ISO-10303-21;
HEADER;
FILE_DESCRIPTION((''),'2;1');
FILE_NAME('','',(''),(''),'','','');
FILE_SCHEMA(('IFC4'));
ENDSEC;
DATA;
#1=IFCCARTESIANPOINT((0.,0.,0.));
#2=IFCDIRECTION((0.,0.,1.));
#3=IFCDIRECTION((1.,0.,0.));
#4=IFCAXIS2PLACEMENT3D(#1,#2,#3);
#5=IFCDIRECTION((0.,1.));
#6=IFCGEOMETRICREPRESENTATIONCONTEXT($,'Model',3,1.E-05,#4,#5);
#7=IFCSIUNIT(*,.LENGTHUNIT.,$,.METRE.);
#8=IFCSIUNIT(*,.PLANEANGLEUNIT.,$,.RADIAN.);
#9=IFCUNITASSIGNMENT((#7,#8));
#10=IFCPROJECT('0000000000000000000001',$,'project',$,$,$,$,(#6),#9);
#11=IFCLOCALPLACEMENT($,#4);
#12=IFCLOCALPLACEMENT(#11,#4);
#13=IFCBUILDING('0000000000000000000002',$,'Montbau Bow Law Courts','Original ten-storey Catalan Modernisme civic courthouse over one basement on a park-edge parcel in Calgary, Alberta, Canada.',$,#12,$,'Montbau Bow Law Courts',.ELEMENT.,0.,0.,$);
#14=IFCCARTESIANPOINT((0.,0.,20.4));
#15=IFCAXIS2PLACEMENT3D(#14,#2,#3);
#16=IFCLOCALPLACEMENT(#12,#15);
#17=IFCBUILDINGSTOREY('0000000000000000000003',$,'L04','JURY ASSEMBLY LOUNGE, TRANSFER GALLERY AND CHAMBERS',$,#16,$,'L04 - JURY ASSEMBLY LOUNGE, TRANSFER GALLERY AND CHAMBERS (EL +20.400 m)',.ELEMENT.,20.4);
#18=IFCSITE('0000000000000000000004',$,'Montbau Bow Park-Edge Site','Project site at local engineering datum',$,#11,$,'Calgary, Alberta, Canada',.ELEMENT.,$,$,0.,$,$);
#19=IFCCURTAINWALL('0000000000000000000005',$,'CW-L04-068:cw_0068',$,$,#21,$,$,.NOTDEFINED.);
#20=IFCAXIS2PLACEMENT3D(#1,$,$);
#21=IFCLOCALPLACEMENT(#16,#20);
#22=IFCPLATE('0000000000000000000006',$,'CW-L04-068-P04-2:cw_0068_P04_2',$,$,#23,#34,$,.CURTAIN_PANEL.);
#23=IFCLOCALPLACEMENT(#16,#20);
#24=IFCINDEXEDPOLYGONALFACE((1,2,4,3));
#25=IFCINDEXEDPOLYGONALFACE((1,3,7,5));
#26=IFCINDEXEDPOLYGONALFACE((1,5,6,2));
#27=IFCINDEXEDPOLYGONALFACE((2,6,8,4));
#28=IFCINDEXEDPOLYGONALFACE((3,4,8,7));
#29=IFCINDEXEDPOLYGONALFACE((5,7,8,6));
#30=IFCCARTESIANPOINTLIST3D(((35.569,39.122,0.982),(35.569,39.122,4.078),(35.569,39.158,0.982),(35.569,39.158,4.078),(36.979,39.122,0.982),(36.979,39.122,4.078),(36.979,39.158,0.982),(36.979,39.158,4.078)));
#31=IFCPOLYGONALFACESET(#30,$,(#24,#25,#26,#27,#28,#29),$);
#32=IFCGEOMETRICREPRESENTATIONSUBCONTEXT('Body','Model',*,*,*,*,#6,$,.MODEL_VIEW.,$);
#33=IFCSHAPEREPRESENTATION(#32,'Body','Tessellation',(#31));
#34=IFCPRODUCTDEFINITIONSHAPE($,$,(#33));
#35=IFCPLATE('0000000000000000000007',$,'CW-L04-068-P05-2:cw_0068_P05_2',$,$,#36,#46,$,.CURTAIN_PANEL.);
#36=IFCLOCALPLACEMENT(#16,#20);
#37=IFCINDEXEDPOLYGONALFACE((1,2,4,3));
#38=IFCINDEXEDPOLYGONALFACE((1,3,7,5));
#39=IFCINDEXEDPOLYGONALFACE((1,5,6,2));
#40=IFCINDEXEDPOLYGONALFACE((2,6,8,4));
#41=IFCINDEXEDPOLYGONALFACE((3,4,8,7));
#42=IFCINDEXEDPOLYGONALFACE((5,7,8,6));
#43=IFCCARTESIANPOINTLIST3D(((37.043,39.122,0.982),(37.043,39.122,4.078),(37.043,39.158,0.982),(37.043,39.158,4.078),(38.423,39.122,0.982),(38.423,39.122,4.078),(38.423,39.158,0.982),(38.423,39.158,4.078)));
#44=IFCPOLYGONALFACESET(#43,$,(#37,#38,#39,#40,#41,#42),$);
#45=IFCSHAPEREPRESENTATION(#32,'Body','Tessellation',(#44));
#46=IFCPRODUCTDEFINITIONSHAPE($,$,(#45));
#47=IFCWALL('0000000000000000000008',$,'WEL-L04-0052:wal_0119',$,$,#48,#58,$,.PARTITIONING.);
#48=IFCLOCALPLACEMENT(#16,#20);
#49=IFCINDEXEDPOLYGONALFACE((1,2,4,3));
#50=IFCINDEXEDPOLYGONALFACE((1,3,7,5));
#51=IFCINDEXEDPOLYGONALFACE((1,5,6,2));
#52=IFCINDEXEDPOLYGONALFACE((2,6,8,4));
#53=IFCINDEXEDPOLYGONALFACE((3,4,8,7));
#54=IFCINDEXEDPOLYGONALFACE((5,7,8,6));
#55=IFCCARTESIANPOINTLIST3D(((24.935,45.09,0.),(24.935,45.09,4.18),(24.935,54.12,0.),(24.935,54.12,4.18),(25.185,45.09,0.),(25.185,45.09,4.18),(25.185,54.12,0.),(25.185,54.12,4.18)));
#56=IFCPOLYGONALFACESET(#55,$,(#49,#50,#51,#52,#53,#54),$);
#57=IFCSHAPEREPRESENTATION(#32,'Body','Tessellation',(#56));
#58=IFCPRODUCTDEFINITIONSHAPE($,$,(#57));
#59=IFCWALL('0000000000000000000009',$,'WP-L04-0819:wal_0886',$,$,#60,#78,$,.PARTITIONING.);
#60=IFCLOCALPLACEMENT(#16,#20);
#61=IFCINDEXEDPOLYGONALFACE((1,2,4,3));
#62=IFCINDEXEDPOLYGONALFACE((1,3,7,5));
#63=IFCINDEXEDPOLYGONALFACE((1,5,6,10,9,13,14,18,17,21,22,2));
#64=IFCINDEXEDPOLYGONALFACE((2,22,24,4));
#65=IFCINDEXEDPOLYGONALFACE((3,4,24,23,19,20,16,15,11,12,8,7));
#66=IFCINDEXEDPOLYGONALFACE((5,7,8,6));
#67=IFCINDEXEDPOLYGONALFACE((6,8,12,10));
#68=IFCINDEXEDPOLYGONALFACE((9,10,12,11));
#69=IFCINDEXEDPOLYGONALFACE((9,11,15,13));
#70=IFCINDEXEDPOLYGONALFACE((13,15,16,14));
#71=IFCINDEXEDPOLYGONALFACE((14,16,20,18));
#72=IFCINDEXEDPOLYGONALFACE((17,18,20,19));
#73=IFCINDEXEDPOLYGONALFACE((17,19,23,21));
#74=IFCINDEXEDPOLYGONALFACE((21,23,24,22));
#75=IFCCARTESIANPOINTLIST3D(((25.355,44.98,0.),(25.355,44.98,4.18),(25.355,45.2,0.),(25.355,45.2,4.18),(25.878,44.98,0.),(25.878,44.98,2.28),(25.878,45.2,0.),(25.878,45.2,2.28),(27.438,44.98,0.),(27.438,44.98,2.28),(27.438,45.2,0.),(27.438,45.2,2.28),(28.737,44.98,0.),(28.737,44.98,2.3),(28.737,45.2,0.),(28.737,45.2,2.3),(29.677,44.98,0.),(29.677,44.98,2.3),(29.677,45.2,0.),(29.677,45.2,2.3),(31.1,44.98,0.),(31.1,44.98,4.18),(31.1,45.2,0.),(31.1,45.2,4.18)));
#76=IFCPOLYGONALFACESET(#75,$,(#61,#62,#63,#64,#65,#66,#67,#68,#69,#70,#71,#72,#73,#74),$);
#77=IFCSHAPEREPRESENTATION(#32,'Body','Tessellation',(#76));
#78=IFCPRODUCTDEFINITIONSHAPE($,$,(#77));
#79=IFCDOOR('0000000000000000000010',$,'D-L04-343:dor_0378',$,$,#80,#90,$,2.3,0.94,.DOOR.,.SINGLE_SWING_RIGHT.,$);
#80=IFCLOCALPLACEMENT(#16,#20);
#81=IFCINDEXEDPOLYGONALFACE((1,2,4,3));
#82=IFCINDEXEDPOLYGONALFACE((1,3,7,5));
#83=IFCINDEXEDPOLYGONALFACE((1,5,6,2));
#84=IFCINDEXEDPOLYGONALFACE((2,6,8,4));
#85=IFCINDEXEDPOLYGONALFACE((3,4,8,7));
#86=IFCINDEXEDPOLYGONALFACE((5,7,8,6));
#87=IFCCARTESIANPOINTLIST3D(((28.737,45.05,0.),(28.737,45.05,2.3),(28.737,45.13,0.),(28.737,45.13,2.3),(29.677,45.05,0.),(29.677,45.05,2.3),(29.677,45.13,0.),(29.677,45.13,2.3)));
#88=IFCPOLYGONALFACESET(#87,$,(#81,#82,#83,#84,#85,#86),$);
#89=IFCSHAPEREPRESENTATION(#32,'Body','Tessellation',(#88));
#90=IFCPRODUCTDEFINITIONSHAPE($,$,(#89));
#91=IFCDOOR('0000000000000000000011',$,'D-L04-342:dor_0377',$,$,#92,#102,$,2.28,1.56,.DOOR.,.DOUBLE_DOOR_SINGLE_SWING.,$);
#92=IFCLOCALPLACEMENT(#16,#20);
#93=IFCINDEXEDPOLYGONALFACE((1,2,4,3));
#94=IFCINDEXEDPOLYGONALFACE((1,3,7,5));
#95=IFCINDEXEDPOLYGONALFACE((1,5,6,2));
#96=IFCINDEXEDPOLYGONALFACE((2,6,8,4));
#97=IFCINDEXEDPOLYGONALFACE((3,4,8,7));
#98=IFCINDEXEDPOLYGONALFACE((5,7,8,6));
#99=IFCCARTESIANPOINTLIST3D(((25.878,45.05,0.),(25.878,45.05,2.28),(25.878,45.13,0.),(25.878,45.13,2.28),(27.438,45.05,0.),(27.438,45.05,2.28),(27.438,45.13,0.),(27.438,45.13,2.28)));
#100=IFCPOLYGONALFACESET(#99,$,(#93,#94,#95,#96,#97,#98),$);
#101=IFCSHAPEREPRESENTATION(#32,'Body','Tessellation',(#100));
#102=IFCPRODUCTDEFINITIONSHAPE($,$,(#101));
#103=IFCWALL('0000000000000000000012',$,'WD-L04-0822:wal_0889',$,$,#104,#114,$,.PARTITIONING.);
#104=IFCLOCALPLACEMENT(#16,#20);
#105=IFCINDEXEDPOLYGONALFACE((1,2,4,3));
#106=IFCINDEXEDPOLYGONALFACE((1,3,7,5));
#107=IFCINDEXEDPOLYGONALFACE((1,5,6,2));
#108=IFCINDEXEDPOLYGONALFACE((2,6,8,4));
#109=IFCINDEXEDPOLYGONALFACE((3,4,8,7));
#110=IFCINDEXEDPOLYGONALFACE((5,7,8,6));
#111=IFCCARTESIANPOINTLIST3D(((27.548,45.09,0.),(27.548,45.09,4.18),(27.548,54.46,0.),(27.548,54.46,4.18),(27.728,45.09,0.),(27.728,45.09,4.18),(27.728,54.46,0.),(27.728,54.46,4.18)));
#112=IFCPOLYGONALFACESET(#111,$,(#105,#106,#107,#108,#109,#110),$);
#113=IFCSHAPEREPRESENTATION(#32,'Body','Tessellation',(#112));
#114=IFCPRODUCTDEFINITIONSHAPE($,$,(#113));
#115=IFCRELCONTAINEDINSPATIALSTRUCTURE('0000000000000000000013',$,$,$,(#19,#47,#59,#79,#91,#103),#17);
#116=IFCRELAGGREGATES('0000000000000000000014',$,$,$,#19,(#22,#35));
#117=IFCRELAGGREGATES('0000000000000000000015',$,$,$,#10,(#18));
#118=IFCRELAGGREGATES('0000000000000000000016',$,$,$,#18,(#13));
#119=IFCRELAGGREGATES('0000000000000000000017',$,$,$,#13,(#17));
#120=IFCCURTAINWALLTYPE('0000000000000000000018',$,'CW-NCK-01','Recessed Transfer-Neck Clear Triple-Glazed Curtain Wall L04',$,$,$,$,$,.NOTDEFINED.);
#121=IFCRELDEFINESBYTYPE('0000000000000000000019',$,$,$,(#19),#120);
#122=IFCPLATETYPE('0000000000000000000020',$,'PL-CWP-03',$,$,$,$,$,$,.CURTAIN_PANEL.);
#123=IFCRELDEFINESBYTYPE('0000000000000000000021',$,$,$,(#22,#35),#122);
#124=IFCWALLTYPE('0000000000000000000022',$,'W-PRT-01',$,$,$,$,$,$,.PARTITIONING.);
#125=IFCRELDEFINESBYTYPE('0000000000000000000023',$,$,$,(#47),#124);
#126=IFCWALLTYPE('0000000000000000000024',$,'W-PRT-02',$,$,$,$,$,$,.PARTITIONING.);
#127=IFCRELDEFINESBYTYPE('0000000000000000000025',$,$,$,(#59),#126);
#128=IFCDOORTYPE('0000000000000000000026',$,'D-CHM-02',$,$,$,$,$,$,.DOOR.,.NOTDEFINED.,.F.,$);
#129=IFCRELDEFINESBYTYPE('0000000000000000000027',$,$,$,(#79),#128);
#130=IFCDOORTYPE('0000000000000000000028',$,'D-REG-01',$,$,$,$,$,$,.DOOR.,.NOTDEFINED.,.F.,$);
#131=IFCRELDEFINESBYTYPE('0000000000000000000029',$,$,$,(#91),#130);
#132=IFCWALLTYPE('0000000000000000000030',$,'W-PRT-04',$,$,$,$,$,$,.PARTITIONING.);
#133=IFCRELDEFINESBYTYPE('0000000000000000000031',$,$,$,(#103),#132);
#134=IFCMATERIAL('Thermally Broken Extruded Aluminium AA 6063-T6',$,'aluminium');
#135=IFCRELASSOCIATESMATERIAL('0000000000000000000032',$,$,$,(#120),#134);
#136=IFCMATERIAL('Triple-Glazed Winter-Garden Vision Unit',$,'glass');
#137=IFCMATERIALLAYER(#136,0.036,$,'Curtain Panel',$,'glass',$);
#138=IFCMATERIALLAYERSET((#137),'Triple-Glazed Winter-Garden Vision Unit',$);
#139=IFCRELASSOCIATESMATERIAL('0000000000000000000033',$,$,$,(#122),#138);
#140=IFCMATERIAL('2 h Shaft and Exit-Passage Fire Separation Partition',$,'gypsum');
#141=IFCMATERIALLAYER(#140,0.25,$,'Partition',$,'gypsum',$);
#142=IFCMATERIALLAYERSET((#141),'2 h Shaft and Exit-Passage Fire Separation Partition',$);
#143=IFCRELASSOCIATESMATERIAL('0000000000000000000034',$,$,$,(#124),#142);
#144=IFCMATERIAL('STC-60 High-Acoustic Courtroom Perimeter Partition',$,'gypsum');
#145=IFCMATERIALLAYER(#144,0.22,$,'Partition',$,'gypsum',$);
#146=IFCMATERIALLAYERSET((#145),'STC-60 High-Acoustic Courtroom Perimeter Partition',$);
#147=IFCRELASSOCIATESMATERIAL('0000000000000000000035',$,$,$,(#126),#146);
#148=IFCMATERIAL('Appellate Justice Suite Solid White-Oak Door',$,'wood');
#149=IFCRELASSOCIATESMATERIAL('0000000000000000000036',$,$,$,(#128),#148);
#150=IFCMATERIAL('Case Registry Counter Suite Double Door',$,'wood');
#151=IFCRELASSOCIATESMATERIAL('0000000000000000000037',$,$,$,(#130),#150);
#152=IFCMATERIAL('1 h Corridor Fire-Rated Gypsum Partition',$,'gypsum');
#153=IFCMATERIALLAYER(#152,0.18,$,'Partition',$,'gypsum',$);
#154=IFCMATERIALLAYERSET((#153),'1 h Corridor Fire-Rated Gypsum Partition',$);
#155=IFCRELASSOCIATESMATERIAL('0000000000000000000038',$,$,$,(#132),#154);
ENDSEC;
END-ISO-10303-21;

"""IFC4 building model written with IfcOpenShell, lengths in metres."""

from ifc_helpers import new_model, si_unit, direction, frame, frame_2d, origin_with_axes, place, context, subcontext, project, spatial, rectangle, extrude, material, layer, layer_set, type_object, element, fill, aggregate, save


model = new_model("IFC4")

# Units and contexts
model_context = context("Model", 3, precision=1e-05, world=origin_with_axes(), true_north=direction((0.0, 1.0)))
body_context = subcontext(model_context, "Body", "Model", "MODEL_VIEW")
ifc_project = project(units=[si_unit("LENGTHUNIT", "METRE"), si_unit("PLANEANGLEUNIT", "RADIAN")], contexts=[model_context])

# Site, building, storey
site_placement = place(None, origin_with_axes())
site = spatial("IfcSite", under=ifc_project, at=site_placement, Name="Montbau Bow Park-Edge Site", Description="Project site at local engineering datum", LongName="Calgary, Alberta, Canada", CompositionType="ELEMENT", RefElevation=0.0)
building_placement = place(site_placement, origin_with_axes())
building = spatial("IfcBuilding", under=site, at=building_placement, Name="Montbau Bow Law Courts", Description="Original ten-storey Catalan Modernisme civic courthouse over one basement on a park-edge parcel in Calgary, Alberta, Canada.", LongName="Montbau Bow Law Courts", CompositionType="ELEMENT", ElevationOfRefHeight=0.0, ElevationOfTerrain=0.0)
storey_placement = place(building_placement, frame((0.0, 0.0, 20.4), z_axis=(0.0, 0.0, 1.0), x_axis=(1.0, 0.0, 0.0)))
storey = spatial("IfcBuildingStorey", under=building, at=storey_placement, Name="L04", Description="JURY ASSEMBLY LOUNGE, TRANSFER GALLERY AND CHAMBERS", LongName="L04 - JURY ASSEMBLY LOUNGE, TRANSFER GALLERY AND CHAMBERS (EL +20.400 m)", CompositionType="ELEMENT", Elevation=20.4)

# Curtain wall, plates
ifc_material_1 = material(Name="Thermally Broken Extruded Aluminium AA 6063-T6", Category="aluminium")
curtain_wall_type = type_object("IfcCurtainWallType", Name="CW-NCK-01", Description="Recessed Transfer-Neck Clear Triple-Glazed Curtain Wall L04", PredefinedType="NOTDEFINED", material=ifc_material_1)
curtain_wall_placement = place(None, frame((31.115, 39.14, 20.4), z_axis=(0.0, 0.0, 1.0), x_axis=(1.0, 0.0, 0.0)))
curtain_wall = element("IfcCurtainWall", 1, at=curtain_wall_placement, inside=storey, type_object=curtain_wall_type, Name="CW-L04-068:cw_0068", PredefinedType="NOTDEFINED")
ifc_material_2 = material(Name="Triple-Glazed Winter-Garden Vision Unit", Category="glass")
ifc_layer_1 = layer(ifc_material_2, 0.036, Name="Curtain Panel", Category="glass")
ifc_layer_set_1 = layer_set([ifc_layer_1], Name="Triple-Glazed Winter-Garden Vision Unit")
plate_type_1 = type_object("IfcPlateType", Name="PL-CWP-03", PredefinedType="CURTAIN_PANEL", material=ifc_layer_set_1)
plate_1_placement = place(None, frame((35.569, 39.14, 21.382), z_axis=(0.0, -1.0, 0.0), x_axis=(1.0, 0.0, 0.0)))
plate_1 = element("IfcPlate", 2, at=plate_1_placement, type_object=plate_type_1, Name="CW-L04-068-P04-2:cw_0068_P04_2", PredefinedType="CURTAIN_PANEL", context=body_context, shape_type="SweptSolid", body=[
    extrude(rectangle(XDim=1.41, YDim=3.096, at=frame_2d((0.705, 1.548), x_axis=(1.0, 0.0))), frame((0.0, 0.0, -0.018), z_axis=(0.0, 0.0, 1.0), x_axis=(1.0, 0.0, 0.0)), (0.0, 0.0, 1.0), 0.036),
])
plate_2_placement = place(None, frame((37.043, 39.14, 21.382), z_axis=(0.0, -1.0, 0.0), x_axis=(1.0, 0.0, 0.0)))
plate_2 = element("IfcPlate", 3, at=plate_2_placement, type_object=plate_type_1, Name="CW-L04-068-P05-2:cw_0068_P05_2", PredefinedType="CURTAIN_PANEL", context=body_context, shape_type="SweptSolid", body=[
    extrude(rectangle(XDim=1.38, YDim=3.096, at=frame_2d((0.69, 1.548), x_axis=(1.0, 0.0))), frame((0.0, 0.0, -0.018), z_axis=(0.0, 0.0, 1.0), x_axis=(1.0, 0.0, 0.0)), (0.0, 0.0, 1.0), 0.036),
])
aggregate(curtain_wall, [plate_1, plate_2])

# Wall
ifc_material_3 = material(Name="2 h Shaft and Exit-Passage Fire Separation Partition", Category="gypsum")
ifc_layer_2 = layer(ifc_material_3, 0.25, Name="Partition", Category="gypsum")
ifc_layer_set_2 = layer_set([ifc_layer_2], Name="2 h Shaft and Exit-Passage Fire Separation Partition")
wall_type_1 = type_object("IfcWallType", Name="W-PRT-01", PredefinedType="PARTITIONING", material=ifc_layer_set_2)
wall_1_placement = place(None, frame((25.06, 45.09, 20.4), z_axis=(0.0, 0.0, 1.0), x_axis=(0.0, 1.0, 0.0)))
element("IfcWall", 4, at=wall_1_placement, inside=storey, type_object=wall_type_1, Name="WEL-L04-0052:wal_0119", PredefinedType="PARTITIONING", context=body_context, shape_type="SweptSolid", body=[
    extrude(rectangle(XDim=9.03, YDim=0.25, at=frame_2d((4.515, 0.0), x_axis=(1.0, 0.0))), origin_with_axes(), (0.0, 0.0, 1.0), 4.18),
])

# Wall, openings, doors
ifc_material_4 = material(Name="STC-60 High-Acoustic Courtroom Perimeter Partition", Category="gypsum")
ifc_layer_3 = layer(ifc_material_4, 0.22, Name="Partition", Category="gypsum")
ifc_layer_set_3 = layer_set([ifc_layer_3], Name="STC-60 High-Acoustic Courtroom Perimeter Partition")
wall_type_2 = type_object("IfcWallType", Name="W-PRT-02", PredefinedType="PARTITIONING", material=ifc_layer_set_3)
wall_2_placement = place(None, frame((25.355, 45.09, 20.4), z_axis=(0.0, 0.0, 1.0), x_axis=(1.0, 0.0, 0.0)))
wall_2 = element("IfcWall", 5, at=wall_2_placement, inside=storey, type_object=wall_type_2, Name="WP-L04-0819:wal_0886", PredefinedType="PARTITIONING", context=body_context, shape_type="SweptSolid", body=[
    extrude(rectangle(XDim=5.745, YDim=0.22, at=frame_2d((2.8725, 0.0), x_axis=(1.0, 0.0))), origin_with_axes(), (0.0, 0.0, 1.0), 4.18),
])
opening_1_placement = place(None, frame((26.658, 45.09, 20.4), z_axis=(0.0, 0.0, 1.0), x_axis=(1.0, 0.0, 0.0)))
opening_1 = element("IfcOpeningElement", 6, at=opening_1_placement, cuts=wall_2, PredefinedType="OPENING", context=body_context, shape_type="SweptSolid", body=[
    extrude(rectangle(XDim=1.56, YDim=2.28, at=frame_2d((0.0, 1.14), x_axis=(1.0, 0.0))), frame((0.0, 0.12, 0.0), z_axis=(0.0, -1.0, 0.0), x_axis=(1.0, 0.0, 0.0)), (0.0, 0.0, 1.0), 0.24),
])
opening_2_placement = place(None, frame((29.207, 45.09, 20.4), z_axis=(0.0, 0.0, 1.0), x_axis=(1.0, 0.0, 0.0)))
opening_2 = element("IfcOpeningElement", 7, at=opening_2_placement, cuts=wall_2, PredefinedType="OPENING", context=body_context, shape_type="SweptSolid", body=[
    extrude(rectangle(XDim=0.94, YDim=2.3, at=frame_2d((0.0, 1.15), x_axis=(1.0, 0.0))), frame((0.0, 0.12, 0.0), z_axis=(0.0, -1.0, 0.0), x_axis=(1.0, 0.0, 0.0)), (0.0, 0.0, 1.0), 0.24),
])
ifc_material_5 = material(Name="Appellate Justice Suite Solid White-Oak Door", Category="wood")
door_type_1 = type_object("IfcDoorType", Name="D-CHM-02", OperationType="NOTDEFINED", ParameterTakesPrecedence=False, PredefinedType="DOOR", material=ifc_material_5)
door_1_placement = place(None, frame((29.207, 45.09, 20.4), z_axis=(0.0, 0.0, 1.0), x_axis=(-1.0, 0.0, 0.0)))
door_1 = element("IfcDoor", 8, at=door_1_placement, inside=storey, type_object=door_type_1, Name="D-L04-343:dor_0378", OperationType="SINGLE_SWING_RIGHT", OverallHeight=2.3, OverallWidth=0.94, PredefinedType="DOOR", context=body_context, shape_type="SweptSolid", body=[
    extrude(rectangle(XDim=0.94, YDim=2.3, at=frame_2d((0.0, 1.15), x_axis=(1.0, 0.0))), frame((0.0, 0.04, 0.0), z_axis=(0.0, -1.0, 0.0), x_axis=(1.0, 0.0, 0.0)), (0.0, 0.0, 1.0), 0.08),
])
fill(opening_2, door_1)
ifc_material_6 = material(Name="Case Registry Counter Suite Double Door", Category="wood")
door_type_2 = type_object("IfcDoorType", Name="D-REG-01", OperationType="NOTDEFINED", ParameterTakesPrecedence=False, PredefinedType="DOOR", material=ifc_material_6)
door_2_placement = place(None, frame((26.658, 45.09, 20.4), z_axis=(0.0, 0.0, 1.0), x_axis=(-1.0, 0.0, 0.0)))
door_2 = element("IfcDoor", 9, at=door_2_placement, inside=storey, type_object=door_type_2, Name="D-L04-342:dor_0377", OperationType="DOUBLE_DOOR_SINGLE_SWING", OverallHeight=2.28, OverallWidth=1.56, PredefinedType="DOOR", context=body_context, shape_type="SweptSolid", body=[
    extrude(rectangle(XDim=1.56, YDim=2.28, at=frame_2d((0.0, 1.14), x_axis=(1.0, 0.0))), frame((0.0, 0.04, 0.0), z_axis=(0.0, -1.0, 0.0), x_axis=(1.0, 0.0, 0.0)), (0.0, 0.0, 1.0), 0.08),
])
fill(opening_1, door_2)

# Wall
ifc_material_7 = material(Name="1 h Corridor Fire-Rated Gypsum Partition", Category="gypsum")
ifc_layer_4 = layer(ifc_material_7, 0.18, Name="Partition", Category="gypsum")
ifc_layer_set_4 = layer_set([ifc_layer_4], Name="1 h Corridor Fire-Rated Gypsum Partition")
wall_type_3 = type_object("IfcWallType", Name="W-PRT-04", PredefinedType="PARTITIONING", material=ifc_layer_set_4)
wall_3_placement = place(None, frame((27.638, 45.09, 20.4), z_axis=(0.0, 0.0, 1.0), x_axis=(0.0, 1.0, 0.0)))
element("IfcWall", 10, at=wall_3_placement, inside=storey, type_object=wall_type_3, Name="WD-L04-0822:wal_0889", PredefinedType="PARTITIONING", context=body_context, shape_type="SweptSolid", body=[
    extrude(rectangle(XDim=9.37, YDim=0.18, at=frame_2d((4.685, 0.0), x_axis=(1.0, 0.0))), origin_with_axes(), (0.0, 0.0, 1.0), 4.18),
])

save(model, "model.ifc")
